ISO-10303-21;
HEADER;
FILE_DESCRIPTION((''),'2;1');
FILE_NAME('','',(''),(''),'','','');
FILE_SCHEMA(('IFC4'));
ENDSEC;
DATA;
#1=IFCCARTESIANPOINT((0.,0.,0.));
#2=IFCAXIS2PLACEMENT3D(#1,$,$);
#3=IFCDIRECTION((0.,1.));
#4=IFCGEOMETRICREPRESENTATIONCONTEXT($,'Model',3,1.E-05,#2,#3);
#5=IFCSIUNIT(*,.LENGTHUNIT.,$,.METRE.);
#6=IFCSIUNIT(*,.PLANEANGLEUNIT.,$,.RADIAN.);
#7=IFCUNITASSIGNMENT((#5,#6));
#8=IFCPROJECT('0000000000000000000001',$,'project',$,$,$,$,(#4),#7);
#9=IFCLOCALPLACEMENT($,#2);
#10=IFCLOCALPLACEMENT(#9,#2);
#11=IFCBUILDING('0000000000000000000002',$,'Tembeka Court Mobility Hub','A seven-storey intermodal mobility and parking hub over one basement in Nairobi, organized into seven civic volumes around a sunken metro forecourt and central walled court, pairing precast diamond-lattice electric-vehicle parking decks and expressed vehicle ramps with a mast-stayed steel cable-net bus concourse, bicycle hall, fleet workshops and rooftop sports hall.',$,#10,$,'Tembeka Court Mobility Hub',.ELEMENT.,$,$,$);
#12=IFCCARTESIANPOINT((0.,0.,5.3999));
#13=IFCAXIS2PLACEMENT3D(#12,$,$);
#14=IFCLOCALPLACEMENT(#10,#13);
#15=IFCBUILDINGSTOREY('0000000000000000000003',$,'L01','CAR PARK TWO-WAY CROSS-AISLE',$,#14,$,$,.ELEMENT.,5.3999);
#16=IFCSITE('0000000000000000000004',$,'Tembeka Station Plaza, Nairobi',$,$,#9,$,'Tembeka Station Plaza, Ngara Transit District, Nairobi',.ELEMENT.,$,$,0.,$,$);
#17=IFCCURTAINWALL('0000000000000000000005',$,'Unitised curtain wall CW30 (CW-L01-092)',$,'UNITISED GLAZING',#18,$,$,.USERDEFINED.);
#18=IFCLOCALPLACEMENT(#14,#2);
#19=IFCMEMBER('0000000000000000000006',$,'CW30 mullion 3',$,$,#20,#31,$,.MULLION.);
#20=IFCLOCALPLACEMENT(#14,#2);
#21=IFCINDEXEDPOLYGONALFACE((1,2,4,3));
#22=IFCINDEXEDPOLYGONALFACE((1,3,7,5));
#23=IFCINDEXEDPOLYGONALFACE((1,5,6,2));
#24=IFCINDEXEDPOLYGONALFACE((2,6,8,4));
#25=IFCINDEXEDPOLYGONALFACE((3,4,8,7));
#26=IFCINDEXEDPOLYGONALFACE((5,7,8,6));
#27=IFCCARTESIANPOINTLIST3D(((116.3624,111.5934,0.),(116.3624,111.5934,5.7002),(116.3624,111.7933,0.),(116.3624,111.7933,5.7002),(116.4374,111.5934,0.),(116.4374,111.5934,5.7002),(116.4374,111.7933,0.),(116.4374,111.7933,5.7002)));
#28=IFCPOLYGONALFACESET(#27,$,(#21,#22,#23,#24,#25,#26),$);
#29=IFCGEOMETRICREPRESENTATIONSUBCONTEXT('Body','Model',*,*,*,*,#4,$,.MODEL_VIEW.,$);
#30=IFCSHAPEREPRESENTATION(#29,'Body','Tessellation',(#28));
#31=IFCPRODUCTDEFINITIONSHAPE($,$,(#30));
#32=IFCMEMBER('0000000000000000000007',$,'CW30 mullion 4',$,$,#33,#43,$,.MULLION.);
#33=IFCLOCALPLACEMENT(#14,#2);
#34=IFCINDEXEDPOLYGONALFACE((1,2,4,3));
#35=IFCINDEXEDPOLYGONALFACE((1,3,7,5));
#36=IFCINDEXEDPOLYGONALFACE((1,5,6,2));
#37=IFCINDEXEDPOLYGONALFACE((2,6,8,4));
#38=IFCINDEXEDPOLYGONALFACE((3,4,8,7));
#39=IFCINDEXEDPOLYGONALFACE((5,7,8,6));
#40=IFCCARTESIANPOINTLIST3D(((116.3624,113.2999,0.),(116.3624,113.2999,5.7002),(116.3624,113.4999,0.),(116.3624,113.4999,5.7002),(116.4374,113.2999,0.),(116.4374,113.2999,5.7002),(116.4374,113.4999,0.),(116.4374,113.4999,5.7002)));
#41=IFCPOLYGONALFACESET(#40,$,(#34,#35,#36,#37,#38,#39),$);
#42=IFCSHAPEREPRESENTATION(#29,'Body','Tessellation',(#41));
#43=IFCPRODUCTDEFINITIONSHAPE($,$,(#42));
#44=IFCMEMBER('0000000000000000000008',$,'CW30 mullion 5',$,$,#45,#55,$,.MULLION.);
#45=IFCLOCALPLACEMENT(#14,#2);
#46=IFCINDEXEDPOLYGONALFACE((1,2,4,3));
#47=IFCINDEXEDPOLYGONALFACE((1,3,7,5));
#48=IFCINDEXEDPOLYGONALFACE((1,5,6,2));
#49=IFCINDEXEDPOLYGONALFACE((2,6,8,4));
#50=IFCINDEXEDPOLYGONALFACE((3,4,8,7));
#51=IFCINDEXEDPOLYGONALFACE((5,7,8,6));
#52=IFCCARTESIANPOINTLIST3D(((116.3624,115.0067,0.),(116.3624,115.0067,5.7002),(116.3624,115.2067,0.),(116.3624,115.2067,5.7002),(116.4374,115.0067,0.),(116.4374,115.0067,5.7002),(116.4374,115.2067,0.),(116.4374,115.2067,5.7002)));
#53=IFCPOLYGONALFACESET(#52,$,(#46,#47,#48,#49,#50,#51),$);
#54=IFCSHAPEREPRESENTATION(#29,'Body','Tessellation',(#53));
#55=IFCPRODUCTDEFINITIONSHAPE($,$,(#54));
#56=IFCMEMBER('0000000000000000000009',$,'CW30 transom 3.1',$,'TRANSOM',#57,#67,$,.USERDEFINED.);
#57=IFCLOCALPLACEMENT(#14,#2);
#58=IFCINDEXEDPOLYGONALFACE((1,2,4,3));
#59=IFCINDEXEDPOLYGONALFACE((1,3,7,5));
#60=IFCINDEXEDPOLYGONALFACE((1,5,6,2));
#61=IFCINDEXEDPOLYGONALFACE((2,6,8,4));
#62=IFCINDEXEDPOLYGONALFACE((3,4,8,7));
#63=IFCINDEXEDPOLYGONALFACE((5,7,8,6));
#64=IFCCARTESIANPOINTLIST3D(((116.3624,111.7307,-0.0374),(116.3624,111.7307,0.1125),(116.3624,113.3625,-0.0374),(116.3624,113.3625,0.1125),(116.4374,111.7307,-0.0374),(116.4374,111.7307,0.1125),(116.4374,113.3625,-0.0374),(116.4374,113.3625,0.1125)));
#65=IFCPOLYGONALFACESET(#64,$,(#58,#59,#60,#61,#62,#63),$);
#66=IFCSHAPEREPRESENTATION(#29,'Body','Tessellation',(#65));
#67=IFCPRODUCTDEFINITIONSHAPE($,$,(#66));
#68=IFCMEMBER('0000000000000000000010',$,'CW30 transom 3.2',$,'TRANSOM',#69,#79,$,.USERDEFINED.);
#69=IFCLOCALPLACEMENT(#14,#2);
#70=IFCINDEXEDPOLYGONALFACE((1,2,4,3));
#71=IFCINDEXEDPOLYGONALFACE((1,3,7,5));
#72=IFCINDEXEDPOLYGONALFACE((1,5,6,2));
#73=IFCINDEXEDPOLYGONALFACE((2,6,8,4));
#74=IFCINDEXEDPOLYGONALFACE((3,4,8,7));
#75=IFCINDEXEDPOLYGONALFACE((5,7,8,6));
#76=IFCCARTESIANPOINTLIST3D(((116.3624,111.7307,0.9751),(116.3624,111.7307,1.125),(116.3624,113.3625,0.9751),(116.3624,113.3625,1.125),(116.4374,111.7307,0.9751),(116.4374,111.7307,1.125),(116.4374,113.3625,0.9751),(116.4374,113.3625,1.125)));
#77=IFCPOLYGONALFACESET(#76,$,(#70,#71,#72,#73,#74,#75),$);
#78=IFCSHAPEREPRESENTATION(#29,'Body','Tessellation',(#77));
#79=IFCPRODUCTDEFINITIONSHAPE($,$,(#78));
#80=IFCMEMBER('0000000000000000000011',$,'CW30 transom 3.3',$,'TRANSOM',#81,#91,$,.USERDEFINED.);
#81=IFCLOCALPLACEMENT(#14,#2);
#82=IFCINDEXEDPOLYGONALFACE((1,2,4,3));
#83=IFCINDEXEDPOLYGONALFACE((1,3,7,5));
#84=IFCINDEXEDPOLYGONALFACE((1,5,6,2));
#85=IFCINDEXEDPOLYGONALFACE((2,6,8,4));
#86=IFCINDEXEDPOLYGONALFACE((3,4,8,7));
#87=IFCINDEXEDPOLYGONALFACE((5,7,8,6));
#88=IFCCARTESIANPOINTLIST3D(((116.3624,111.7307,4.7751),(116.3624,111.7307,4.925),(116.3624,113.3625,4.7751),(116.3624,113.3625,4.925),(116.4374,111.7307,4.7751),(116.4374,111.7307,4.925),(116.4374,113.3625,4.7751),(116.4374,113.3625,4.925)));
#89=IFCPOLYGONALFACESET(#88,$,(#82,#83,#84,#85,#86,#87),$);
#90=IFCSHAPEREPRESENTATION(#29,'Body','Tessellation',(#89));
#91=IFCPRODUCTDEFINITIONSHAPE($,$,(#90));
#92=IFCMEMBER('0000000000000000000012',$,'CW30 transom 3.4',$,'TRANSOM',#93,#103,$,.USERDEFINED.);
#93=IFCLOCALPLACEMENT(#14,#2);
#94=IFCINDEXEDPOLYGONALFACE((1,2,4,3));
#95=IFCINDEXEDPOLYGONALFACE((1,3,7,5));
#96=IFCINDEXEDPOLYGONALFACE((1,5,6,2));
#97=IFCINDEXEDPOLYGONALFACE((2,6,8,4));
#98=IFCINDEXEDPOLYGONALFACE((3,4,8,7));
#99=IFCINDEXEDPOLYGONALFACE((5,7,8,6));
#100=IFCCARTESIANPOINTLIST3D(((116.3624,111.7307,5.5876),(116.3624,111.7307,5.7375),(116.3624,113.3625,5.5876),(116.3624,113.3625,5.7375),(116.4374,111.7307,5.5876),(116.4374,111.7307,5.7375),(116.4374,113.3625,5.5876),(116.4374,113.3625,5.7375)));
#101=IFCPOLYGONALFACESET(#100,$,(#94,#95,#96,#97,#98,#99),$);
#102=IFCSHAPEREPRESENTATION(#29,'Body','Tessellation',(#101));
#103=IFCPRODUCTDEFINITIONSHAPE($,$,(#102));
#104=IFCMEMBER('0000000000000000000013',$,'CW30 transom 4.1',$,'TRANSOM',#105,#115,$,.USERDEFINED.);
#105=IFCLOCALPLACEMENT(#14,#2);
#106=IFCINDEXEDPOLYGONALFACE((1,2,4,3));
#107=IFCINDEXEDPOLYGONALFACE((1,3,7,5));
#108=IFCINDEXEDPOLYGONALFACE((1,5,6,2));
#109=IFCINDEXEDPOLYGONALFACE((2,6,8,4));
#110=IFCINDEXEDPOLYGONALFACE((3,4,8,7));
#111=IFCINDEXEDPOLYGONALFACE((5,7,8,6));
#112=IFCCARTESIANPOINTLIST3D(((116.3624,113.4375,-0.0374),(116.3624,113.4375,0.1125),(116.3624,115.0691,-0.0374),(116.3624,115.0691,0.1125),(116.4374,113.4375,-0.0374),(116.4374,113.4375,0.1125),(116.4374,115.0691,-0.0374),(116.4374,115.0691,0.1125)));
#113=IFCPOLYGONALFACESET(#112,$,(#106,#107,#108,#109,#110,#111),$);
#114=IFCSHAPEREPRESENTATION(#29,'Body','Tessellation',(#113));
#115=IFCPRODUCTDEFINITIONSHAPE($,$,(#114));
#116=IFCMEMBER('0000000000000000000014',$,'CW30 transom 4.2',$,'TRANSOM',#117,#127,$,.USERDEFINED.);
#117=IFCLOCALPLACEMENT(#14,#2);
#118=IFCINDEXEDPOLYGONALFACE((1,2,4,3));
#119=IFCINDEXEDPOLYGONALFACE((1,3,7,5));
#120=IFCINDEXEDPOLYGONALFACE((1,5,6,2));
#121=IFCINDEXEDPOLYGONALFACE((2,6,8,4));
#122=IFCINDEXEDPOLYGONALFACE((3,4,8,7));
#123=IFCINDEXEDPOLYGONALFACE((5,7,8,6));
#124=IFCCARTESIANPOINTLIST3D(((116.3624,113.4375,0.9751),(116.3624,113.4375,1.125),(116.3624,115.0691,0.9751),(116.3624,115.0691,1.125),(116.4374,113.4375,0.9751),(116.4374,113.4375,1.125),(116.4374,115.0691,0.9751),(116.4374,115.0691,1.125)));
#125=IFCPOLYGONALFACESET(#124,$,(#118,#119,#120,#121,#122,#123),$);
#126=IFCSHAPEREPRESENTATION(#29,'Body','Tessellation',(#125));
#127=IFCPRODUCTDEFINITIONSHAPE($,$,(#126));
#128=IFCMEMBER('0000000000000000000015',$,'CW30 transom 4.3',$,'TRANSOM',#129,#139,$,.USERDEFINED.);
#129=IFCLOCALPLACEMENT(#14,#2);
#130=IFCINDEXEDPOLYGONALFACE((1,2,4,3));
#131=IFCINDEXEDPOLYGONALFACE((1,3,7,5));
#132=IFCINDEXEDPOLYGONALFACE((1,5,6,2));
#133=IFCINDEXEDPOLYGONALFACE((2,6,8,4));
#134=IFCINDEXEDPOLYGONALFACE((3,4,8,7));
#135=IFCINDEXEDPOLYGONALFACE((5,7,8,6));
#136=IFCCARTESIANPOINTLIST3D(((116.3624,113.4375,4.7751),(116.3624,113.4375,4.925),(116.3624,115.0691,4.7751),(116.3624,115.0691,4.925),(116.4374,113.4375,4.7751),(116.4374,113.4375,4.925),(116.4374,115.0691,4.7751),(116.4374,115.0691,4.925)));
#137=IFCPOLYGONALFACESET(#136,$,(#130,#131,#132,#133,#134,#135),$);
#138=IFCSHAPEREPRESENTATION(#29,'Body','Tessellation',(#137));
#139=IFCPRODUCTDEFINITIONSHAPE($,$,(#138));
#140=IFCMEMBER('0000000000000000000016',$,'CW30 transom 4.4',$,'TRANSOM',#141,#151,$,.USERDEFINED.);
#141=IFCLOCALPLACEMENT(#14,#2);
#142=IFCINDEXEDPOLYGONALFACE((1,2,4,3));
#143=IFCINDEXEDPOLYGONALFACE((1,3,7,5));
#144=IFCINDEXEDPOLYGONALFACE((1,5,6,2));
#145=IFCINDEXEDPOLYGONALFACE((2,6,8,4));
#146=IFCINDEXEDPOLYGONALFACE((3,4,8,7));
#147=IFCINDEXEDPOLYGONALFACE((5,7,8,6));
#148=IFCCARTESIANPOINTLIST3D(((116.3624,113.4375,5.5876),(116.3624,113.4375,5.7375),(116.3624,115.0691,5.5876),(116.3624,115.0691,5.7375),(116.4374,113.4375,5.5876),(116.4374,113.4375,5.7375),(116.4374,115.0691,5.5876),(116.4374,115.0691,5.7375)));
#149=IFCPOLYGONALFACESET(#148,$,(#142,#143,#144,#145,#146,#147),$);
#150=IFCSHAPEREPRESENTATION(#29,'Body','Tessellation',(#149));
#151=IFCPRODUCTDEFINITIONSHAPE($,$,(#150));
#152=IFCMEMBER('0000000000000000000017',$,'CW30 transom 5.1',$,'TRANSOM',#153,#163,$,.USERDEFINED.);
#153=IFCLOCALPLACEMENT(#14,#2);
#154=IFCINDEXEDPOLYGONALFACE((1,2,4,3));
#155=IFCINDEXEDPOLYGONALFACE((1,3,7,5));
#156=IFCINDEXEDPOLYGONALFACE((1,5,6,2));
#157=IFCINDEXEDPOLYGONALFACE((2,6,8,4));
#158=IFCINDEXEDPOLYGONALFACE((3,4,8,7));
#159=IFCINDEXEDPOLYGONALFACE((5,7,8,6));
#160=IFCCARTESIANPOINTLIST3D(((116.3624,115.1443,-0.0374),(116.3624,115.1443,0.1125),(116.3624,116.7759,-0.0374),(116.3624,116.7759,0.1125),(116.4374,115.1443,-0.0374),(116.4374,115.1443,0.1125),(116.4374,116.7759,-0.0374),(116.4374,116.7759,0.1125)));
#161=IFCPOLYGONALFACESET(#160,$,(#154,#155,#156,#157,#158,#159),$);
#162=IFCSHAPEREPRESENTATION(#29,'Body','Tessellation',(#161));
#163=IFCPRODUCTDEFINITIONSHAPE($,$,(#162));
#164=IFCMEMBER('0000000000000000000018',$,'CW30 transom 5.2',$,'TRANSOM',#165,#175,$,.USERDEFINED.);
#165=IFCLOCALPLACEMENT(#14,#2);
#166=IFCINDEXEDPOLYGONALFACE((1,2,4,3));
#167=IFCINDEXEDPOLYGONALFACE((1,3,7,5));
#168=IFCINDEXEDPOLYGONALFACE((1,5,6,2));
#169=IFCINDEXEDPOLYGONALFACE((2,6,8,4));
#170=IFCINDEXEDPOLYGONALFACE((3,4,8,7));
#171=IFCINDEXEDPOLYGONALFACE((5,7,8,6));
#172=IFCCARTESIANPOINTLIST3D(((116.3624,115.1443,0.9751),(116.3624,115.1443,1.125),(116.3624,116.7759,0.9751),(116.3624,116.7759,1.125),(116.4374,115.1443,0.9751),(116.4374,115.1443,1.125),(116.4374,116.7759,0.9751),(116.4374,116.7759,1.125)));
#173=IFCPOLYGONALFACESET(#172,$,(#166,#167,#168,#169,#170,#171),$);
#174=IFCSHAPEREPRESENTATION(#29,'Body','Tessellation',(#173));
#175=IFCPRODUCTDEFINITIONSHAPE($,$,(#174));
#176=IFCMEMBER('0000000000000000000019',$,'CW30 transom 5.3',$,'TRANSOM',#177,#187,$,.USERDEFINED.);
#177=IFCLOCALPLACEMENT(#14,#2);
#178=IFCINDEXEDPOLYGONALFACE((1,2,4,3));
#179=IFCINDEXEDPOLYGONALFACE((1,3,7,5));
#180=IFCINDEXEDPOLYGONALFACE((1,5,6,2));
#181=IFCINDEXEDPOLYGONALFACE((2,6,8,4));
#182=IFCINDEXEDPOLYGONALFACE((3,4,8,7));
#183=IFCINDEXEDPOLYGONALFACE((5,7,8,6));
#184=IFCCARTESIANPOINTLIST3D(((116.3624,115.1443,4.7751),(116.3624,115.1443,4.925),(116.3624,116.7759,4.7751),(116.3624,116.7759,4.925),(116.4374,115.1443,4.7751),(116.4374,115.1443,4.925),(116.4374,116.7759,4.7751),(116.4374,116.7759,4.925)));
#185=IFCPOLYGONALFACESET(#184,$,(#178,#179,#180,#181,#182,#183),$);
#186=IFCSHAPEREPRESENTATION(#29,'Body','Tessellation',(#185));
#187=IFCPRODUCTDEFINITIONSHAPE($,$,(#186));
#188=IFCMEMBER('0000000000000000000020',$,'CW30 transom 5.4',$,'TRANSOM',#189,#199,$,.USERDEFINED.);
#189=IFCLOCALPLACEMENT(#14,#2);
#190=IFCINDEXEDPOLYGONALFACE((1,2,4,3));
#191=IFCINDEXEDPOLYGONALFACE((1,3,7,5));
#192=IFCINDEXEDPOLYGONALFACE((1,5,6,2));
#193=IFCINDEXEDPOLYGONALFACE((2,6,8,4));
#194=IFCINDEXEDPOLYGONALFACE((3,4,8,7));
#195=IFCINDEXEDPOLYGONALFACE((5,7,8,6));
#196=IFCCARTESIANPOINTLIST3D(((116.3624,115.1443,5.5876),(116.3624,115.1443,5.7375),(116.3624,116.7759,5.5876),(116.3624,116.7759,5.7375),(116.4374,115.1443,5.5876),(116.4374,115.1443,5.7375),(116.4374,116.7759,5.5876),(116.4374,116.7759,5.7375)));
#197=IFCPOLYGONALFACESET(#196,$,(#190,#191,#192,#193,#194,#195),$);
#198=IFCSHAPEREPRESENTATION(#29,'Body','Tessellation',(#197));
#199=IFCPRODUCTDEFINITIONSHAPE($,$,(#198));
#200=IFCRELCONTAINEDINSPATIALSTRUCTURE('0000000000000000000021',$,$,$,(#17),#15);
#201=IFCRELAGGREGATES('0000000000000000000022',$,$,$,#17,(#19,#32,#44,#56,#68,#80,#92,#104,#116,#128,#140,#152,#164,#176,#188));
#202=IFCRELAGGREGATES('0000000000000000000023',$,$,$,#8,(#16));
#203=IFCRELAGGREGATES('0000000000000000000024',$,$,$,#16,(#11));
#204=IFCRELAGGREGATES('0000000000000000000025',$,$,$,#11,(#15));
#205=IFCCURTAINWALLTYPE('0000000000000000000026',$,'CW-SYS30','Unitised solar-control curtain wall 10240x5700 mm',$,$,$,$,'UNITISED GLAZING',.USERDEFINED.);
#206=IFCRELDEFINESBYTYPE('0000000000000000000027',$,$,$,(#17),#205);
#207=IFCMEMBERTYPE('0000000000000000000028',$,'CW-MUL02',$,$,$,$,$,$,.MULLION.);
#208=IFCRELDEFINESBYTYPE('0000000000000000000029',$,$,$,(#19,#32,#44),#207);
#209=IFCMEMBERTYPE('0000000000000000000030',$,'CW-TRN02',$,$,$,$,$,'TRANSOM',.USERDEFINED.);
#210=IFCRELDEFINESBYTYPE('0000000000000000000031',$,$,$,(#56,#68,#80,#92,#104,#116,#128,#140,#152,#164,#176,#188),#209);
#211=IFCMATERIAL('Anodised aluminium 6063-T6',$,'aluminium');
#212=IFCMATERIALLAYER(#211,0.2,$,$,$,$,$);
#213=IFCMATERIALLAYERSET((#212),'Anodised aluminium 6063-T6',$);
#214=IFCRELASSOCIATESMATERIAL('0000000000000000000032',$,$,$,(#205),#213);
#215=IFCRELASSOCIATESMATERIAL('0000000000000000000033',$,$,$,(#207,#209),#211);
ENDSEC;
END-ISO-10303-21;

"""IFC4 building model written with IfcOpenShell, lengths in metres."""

from ifc_helpers import new_model, si_unit, direction, frame, origin, origin_2d, place, context, subcontext, project, spatial, rectangle, extrude, material, layer, layer_set, material_profile, profile_set, type_object, element, aggregate, save


model = new_model("IFC4")

# Units and contexts
model_context = context("Model", 3, precision=1e-05, world=origin(), true_north=direction((0.0, 1.0)))
body_context = subcontext(model_context, "Body", "Model", "MODEL_VIEW")
ifc_project = project(units=[si_unit("LENGTHUNIT", "METRE"), si_unit("PLANEANGLEUNIT", "RADIAN")], contexts=[model_context])

# Site, building, storey
site_placement = place(None, origin())
site = spatial("IfcSite", under=ifc_project, at=site_placement, Name="Tembeka Station Plaza, Nairobi", LongName="Tembeka Station Plaza, Ngara Transit District, Nairobi", CompositionType="ELEMENT", RefElevation=0.0)
building_placement = place(site_placement, origin())
building = spatial("IfcBuilding", under=site, at=building_placement, Name="Tembeka Court Mobility Hub", Description="A seven-storey intermodal mobility and parking hub over one basement in Nairobi, organized into seven civic volumes around a sunken metro forecourt and central walled court, pairing precast diamond-lattice electric-vehicle parking decks and expressed vehicle ramps with a mast-stayed steel cable-net bus concourse, bicycle hall, fleet workshops and rooftop sports hall.", LongName="Tembeka Court Mobility Hub", CompositionType="ELEMENT")
storey_placement = place(building_placement, frame((0.0, 0.0, 5.3999)))
storey = spatial("IfcBuildingStorey", under=building, at=storey_placement, Name="L01", Description="CAR PARK TWO-WAY CROSS-AISLE", CompositionType="ELEMENT", Elevation=5.3999)

# Curtain wall, members
ifc_material_1 = material(Name="Anodised aluminium 6063-T6", Category="aluminium")
ifc_layer_1 = layer(ifc_material_1, 0.2)
ifc_layer_set_1 = layer_set([ifc_layer_1], Name="Anodised aluminium 6063-T6")
curtain_wall_type = type_object("IfcCurtainWallType", Name="CW-SYS30", Description="Unitised solar-control curtain wall 10240x5700 mm", ElementType="UNITISED GLAZING", PredefinedType="USERDEFINED", material=ifc_layer_set_1)
curtain_wall_placement = place(storey_placement, origin())
curtain_wall = element("IfcCurtainWall", 1, at=curtain_wall_placement, inside=storey, type_object=curtain_wall_type, Name="Unitised curtain wall CW30 (CW-L01-092)", ObjectType="UNITISED GLAZING", PredefinedType="USERDEFINED")
ifc_material_profile_1 = material_profile(ifc_material_1, rectangle(XDim=0.075, YDim=0.2, at=origin_2d()), Name="ALU-MUL 75x200")
ifc_profile_set_1 = profile_set([ifc_material_profile_1], Name="Anodised aluminium 6063-T6")
member_type_1 = type_object("IfcMemberType", Name="CW-MUL02", PredefinedType="MULLION", material=ifc_profile_set_1)
member_1_placement = place(storey_placement, frame((116.3999, 111.6934, 0.0), z_axis=(0.0, 0.0, 1.0), x_axis=(-1.0, 0.0, 0.0)))
member_1 = element("IfcMember", 2, at=member_1_placement, type_object=member_type_1, Name="CW30 mullion 3", PredefinedType="MULLION", context=body_context, shape_type="SweptSolid", body=[
    extrude(rectangle(XDim=0.075, YDim=0.2, at=origin_2d()), origin(), (0.0, 0.0, 1.0), 5.7002),
])
member_2_placement = place(storey_placement, frame((116.3999, 113.3999, 0.0), z_axis=(0.0, 0.0, 1.0), x_axis=(-1.0, 0.0, 0.0)))
member_2 = element("IfcMember", 3, at=member_2_placement, type_object=member_type_1, Name="CW30 mullion 4", PredefinedType="MULLION", context=body_context, shape_type="SweptSolid", body=[
    extrude(rectangle(XDim=0.075, YDim=0.2, at=origin_2d()), origin(), (0.0, 0.0, 1.0), 5.7002),
])
member_3_placement = place(storey_placement, frame((116.3999, 115.1067, 0.0), z_axis=(0.0, 0.0, 1.0), x_axis=(-1.0, 0.0, 0.0)))
member_3 = element("IfcMember", 4, at=member_3_placement, type_object=member_type_1, Name="CW30 mullion 5", PredefinedType="MULLION", context=body_context, shape_type="SweptSolid", body=[
    extrude(rectangle(XDim=0.075, YDim=0.2, at=origin_2d()), origin(), (0.0, 0.0, 1.0), 5.7002),
])
ifc_material_profile_2 = material_profile(ifc_material_1, rectangle(XDim=0.075, YDim=0.1499, at=origin_2d()), Name="ALU-TRN 75x150")
ifc_profile_set_2 = profile_set([ifc_material_profile_2], Name="Anodised aluminium 6063-T6")
member_type_2 = type_object("IfcMemberType", Name="CW-TRN02", ElementType="TRANSOM", PredefinedType="USERDEFINED", material=ifc_profile_set_2)
member_4_placement = place(storey_placement, frame((116.3999, 111.7307, 0.0376), z_axis=(0.0, 1.0, 0.0), x_axis=(-1.0, 0.0, 0.0)))
member_4 = element("IfcMember", 5, at=member_4_placement, type_object=member_type_2, Name="CW30 transom 3.1", ObjectType="TRANSOM", PredefinedType="USERDEFINED", context=body_context, shape_type="SweptSolid", body=[
    extrude(rectangle(XDim=0.075, YDim=0.1499, at=origin_2d()), origin(), (0.0, 0.0, 1.0), 1.6318),
])
member_5_placement = place(storey_placement, frame((116.3999, 111.7307, 1.05), z_axis=(0.0, 1.0, 0.0), x_axis=(-1.0, 0.0, 0.0)))
member_5 = element("IfcMember", 6, at=member_5_placement, type_object=member_type_2, Name="CW30 transom 3.2", ObjectType="TRANSOM", PredefinedType="USERDEFINED", context=body_context, shape_type="SweptSolid", body=[
    extrude(rectangle(XDim=0.075, YDim=0.1499, at=origin_2d()), origin(), (0.0, 0.0, 1.0), 1.6318),
])
member_6_placement = place(storey_placement, frame((116.3999, 111.7307, 4.8501), z_axis=(0.0, 1.0, 0.0), x_axis=(-1.0, 0.0, 0.0)))
member_6 = element("IfcMember", 7, at=member_6_placement, type_object=member_type_2, Name="CW30 transom 3.3", ObjectType="TRANSOM", PredefinedType="USERDEFINED", context=body_context, shape_type="SweptSolid", body=[
    extrude(rectangle(XDim=0.075, YDim=0.1499, at=origin_2d()), origin(), (0.0, 0.0, 1.0), 1.6318),
])
member_7_placement = place(storey_placement, frame((116.3999, 111.7307, 5.6626), z_axis=(0.0, 1.0, 0.0), x_axis=(-1.0, 0.0, 0.0)))
member_7 = element("IfcMember", 8, at=member_7_placement, type_object=member_type_2, Name="CW30 transom 3.4", ObjectType="TRANSOM", PredefinedType="USERDEFINED", context=body_context, shape_type="SweptSolid", body=[
    extrude(rectangle(XDim=0.075, YDim=0.1499, at=origin_2d()), origin(), (0.0, 0.0, 1.0), 1.6318),
])
member_8_placement = place(storey_placement, frame((116.3999, 113.4375, 0.0376), z_axis=(0.0, 1.0, 0.0), x_axis=(-1.0, 0.0, 0.0)))
member_8 = element("IfcMember", 9, at=member_8_placement, type_object=member_type_2, Name="CW30 transom 4.1", ObjectType="TRANSOM", PredefinedType="USERDEFINED", context=body_context, shape_type="SweptSolid", body=[
    extrude(rectangle(XDim=0.075, YDim=0.1499, at=origin_2d()), origin(), (0.0, 0.0, 1.0), 1.6316),
])
member_9_placement = place(storey_placement, frame((116.3999, 113.4375, 1.05), z_axis=(0.0, 1.0, 0.0), x_axis=(-1.0, 0.0, 0.0)))
member_9 = element("IfcMember", 10, at=member_9_placement, type_object=member_type_2, Name="CW30 transom 4.2", ObjectType="TRANSOM", PredefinedType="USERDEFINED", context=body_context, shape_type="SweptSolid", body=[
    extrude(rectangle(XDim=0.075, YDim=0.1499, at=origin_2d()), origin(), (0.0, 0.0, 1.0), 1.6316),
])
member_10_placement = place(storey_placement, frame((116.3999, 113.4375, 4.8501), z_axis=(0.0, 1.0, 0.0), x_axis=(-1.0, 0.0, 0.0)))
member_10 = element("IfcMember", 11, at=member_10_placement, type_object=member_type_2, Name="CW30 transom 4.3", ObjectType="TRANSOM", PredefinedType="USERDEFINED", context=body_context, shape_type="SweptSolid", body=[
    extrude(rectangle(XDim=0.075, YDim=0.1499, at=origin_2d()), origin(), (0.0, 0.0, 1.0), 1.6316),
])
member_11_placement = place(storey_placement, frame((116.3999, 113.4375, 5.6626), z_axis=(0.0, 1.0, 0.0), x_axis=(-1.0, 0.0, 0.0)))
member_11 = element("IfcMember", 12, at=member_11_placement, type_object=member_type_2, Name="CW30 transom 4.4", ObjectType="TRANSOM", PredefinedType="USERDEFINED", context=body_context, shape_type="SweptSolid", body=[
    extrude(rectangle(XDim=0.075, YDim=0.1499, at=origin_2d()), origin(), (0.0, 0.0, 1.0), 1.6316),
])
member_12_placement = place(storey_placement, frame((116.3999, 115.1443, 0.0376), z_axis=(0.0, 1.0, 0.0), x_axis=(-1.0, 0.0, 0.0)))
member_12 = element("IfcMember", 13, at=member_12_placement, type_object=member_type_2, Name="CW30 transom 5.1", ObjectType="TRANSOM", PredefinedType="USERDEFINED", context=body_context, shape_type="SweptSolid", body=[
    extrude(rectangle(XDim=0.075, YDim=0.1499, at=origin_2d()), origin(), (0.0, 0.0, 1.0), 1.6316),
])
member_13_placement = place(storey_placement, frame((116.3999, 115.1443, 1.05), z_axis=(0.0, 1.0, 0.0), x_axis=(-1.0, 0.0, 0.0)))
member_13 = element("IfcMember", 14, at=member_13_placement, type_object=member_type_2, Name="CW30 transom 5.2", ObjectType="TRANSOM", PredefinedType="USERDEFINED", context=body_context, shape_type="SweptSolid", body=[
    extrude(rectangle(XDim=0.075, YDim=0.1499, at=origin_2d()), origin(), (0.0, 0.0, 1.0), 1.6316),
])
member_14_placement = place(storey_placement, frame((116.3999, 115.1443, 4.8501), z_axis=(0.0, 1.0, 0.0), x_axis=(-1.0, 0.0, 0.0)))
member_14 = element("IfcMember", 15, at=member_14_placement, type_object=member_type_2, Name="CW30 transom 5.3", ObjectType="TRANSOM", PredefinedType="USERDEFINED", context=body_context, shape_type="SweptSolid", body=[
    extrude(rectangle(XDim=0.075, YDim=0.1499, at=origin_2d()), origin(), (0.0, 0.0, 1.0), 1.6316),
])
member_15_placement = place(storey_placement, frame((116.3999, 115.1443, 5.6626), z_axis=(0.0, 1.0, 0.0), x_axis=(-1.0, 0.0, 0.0)))
member_15 = element("IfcMember", 16, at=member_15_placement, type_object=member_type_2, Name="CW30 transom 5.4", ObjectType="TRANSOM", PredefinedType="USERDEFINED", context=body_context, shape_type="SweptSolid", body=[
    extrude(rectangle(XDim=0.075, YDim=0.1499, at=origin_2d()), origin(), (0.0, 0.0, 1.0), 1.6316),
])
aggregate(curtain_wall, [member_1, member_2, member_3, member_4, member_5, member_6, member_7, member_8, member_9, member_10, member_11, member_12, member_13, member_14, member_15])

save(model, "model.ifc")
